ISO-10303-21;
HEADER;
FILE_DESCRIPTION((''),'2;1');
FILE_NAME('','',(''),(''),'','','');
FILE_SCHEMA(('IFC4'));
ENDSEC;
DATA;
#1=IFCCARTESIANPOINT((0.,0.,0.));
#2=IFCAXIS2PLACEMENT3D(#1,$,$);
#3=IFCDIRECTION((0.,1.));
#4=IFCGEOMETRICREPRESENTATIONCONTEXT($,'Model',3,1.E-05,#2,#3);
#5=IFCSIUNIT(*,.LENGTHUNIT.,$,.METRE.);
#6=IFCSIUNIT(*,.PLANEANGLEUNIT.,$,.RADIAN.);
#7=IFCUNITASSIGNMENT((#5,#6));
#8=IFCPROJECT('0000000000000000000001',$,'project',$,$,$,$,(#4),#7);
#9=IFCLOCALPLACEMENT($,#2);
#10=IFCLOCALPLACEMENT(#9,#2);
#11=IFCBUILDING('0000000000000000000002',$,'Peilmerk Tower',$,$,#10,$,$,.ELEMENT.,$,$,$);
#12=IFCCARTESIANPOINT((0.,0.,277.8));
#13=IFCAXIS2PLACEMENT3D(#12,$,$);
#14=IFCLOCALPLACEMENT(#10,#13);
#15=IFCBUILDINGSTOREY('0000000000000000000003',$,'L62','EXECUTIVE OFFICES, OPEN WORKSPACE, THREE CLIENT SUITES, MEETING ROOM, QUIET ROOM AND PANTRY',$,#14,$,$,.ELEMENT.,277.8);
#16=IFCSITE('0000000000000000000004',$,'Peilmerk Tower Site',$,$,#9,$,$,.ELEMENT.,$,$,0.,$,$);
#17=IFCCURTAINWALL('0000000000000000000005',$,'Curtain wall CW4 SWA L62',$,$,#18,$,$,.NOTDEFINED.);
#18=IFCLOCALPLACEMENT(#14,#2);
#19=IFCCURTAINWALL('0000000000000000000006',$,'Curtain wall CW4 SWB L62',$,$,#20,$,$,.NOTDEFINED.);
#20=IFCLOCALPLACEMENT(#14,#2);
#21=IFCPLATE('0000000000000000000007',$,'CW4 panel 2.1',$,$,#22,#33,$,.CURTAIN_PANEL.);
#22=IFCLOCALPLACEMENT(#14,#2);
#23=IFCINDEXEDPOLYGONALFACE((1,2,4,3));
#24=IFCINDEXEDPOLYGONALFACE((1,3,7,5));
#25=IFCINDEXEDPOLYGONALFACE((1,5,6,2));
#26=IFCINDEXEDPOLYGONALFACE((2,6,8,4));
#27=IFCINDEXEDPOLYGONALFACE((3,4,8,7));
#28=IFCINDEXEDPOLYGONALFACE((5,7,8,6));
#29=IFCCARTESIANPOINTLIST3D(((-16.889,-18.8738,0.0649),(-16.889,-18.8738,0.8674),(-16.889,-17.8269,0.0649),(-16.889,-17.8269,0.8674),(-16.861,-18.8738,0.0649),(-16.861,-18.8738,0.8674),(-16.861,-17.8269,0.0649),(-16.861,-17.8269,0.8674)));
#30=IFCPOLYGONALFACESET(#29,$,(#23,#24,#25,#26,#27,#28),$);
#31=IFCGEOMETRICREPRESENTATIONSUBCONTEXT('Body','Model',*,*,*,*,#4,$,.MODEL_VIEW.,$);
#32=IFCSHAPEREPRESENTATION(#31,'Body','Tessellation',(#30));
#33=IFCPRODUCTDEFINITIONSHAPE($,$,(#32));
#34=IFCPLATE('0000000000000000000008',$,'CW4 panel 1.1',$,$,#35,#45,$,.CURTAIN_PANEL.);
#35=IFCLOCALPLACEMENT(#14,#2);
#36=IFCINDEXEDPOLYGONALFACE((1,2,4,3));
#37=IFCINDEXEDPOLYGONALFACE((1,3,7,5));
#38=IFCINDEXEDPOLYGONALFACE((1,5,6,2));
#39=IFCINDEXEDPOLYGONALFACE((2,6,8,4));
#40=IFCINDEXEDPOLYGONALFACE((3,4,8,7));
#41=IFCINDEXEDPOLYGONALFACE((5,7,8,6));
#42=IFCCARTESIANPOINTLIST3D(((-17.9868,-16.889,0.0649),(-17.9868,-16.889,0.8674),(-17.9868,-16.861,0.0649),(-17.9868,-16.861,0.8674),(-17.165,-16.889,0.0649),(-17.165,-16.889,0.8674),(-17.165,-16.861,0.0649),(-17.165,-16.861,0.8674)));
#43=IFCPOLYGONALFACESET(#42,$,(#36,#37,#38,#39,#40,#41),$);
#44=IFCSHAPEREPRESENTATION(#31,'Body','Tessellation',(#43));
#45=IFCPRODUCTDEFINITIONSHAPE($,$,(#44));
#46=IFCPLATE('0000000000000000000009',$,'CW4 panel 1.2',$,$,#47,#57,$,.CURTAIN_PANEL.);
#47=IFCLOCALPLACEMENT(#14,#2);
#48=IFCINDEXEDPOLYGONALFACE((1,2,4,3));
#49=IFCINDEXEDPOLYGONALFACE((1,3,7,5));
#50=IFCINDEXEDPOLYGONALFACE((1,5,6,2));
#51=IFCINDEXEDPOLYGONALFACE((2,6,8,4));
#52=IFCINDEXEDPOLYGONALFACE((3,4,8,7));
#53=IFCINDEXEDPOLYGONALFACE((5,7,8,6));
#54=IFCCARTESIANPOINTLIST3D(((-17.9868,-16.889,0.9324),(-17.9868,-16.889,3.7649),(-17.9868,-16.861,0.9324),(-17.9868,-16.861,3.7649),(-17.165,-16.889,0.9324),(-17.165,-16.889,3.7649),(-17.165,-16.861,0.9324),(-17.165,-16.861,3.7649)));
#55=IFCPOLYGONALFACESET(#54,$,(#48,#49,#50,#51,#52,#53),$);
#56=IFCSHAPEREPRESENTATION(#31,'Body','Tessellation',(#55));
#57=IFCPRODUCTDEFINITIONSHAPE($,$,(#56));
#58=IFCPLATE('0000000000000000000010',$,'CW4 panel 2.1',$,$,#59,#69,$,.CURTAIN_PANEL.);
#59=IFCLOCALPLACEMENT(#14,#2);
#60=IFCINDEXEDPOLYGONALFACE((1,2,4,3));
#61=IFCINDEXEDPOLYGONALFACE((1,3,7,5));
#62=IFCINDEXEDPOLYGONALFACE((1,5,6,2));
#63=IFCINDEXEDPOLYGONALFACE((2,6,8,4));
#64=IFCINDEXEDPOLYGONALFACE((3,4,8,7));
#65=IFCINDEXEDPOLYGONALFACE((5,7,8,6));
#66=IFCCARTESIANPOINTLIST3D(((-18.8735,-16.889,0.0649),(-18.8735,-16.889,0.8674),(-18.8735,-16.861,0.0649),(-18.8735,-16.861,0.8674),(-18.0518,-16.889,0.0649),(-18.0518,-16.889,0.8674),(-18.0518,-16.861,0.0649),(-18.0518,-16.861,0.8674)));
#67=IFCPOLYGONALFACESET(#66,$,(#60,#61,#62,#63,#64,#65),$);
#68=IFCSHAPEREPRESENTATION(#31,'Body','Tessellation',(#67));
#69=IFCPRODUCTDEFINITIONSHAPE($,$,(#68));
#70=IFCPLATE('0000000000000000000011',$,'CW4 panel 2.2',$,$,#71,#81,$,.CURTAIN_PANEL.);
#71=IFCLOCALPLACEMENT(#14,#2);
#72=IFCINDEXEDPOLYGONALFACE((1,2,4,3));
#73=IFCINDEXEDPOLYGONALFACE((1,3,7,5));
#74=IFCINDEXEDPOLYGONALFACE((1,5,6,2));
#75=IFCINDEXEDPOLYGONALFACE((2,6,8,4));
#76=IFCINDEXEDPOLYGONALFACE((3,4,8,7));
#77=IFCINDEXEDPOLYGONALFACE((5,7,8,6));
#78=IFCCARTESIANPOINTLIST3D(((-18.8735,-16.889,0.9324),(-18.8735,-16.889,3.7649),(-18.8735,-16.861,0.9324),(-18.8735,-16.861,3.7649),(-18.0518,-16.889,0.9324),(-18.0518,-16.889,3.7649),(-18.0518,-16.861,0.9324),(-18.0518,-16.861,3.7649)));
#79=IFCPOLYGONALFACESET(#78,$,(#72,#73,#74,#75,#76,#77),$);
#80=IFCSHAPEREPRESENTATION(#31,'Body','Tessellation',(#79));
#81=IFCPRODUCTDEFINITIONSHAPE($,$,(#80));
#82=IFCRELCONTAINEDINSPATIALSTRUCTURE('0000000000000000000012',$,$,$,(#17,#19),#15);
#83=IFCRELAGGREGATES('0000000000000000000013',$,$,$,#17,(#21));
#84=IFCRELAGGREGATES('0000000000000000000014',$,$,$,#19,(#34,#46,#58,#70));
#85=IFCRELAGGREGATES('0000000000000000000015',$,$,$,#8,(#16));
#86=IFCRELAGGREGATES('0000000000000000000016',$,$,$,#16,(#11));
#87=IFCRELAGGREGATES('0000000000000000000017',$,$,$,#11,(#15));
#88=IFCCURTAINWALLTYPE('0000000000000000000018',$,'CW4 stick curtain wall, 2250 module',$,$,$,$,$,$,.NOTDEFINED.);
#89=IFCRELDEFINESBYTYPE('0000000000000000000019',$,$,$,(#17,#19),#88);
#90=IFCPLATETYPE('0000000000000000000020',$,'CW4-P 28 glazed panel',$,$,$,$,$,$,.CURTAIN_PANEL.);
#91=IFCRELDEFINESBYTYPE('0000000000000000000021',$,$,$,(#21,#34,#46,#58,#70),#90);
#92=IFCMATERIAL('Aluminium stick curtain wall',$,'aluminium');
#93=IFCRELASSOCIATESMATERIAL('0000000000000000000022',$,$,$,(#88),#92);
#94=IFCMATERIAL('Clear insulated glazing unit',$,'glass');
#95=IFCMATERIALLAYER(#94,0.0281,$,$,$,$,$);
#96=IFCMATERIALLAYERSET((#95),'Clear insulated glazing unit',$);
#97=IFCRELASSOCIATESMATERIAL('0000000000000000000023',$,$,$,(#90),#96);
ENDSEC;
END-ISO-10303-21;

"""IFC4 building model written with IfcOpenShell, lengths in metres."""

from ifc_helpers import new_model, si_unit, direction, frame, origin, origin_2d, place, context, subcontext, project, spatial, rectangle, extrude, material, layer, layer_set, type_object, element, aggregate, save


model = new_model("IFC4")

# Units and contexts
model_context = context("Model", 3, precision=1e-05, world=origin(), true_north=direction((0.0, 1.0)))
body_context = subcontext(model_context, "Body", "Model", "MODEL_VIEW")
ifc_project = project(units=[si_unit("LENGTHUNIT", "METRE"), si_unit("PLANEANGLEUNIT", "RADIAN")], contexts=[model_context])

# Site, building, storey
site_placement = place(None, origin())
site = spatial("IfcSite", under=ifc_project, at=site_placement, Name="Peilmerk Tower Site", CompositionType="ELEMENT", RefElevation=0.0)
building_placement = place(site_placement, origin())
building = spatial("IfcBuilding", under=site, at=building_placement, Name="Peilmerk Tower", CompositionType="ELEMENT")
storey_placement = place(building_placement, frame((0.0, 0.0, 277.8)))
storey = spatial("IfcBuildingStorey", under=building, at=storey_placement, Name="L62", Description="EXECUTIVE OFFICES, OPEN WORKSPACE, THREE CLIENT SUITES, MEETING ROOM, QUIET ROOM AND PANTRY", CompositionType="ELEMENT", Elevation=277.8)

# Curtain wall
ifc_material_1 = material(Name="Aluminium stick curtain wall", Category="aluminium")
curtain_wall_type = type_object("IfcCurtainWallType", Name="CW4 stick curtain wall, 2250 module", PredefinedType="NOTDEFINED", material=ifc_material_1)
curtain_wall_1_placement = place(storey_placement, origin())
curtain_wall_1 = element("IfcCurtainWall", 1, at=curtain_wall_1_placement, inside=storey, type_object=curtain_wall_type, Name="Curtain wall CW4 SWA L62", PredefinedType="NOTDEFINED")

# Curtain wall
curtain_wall_2_placement = place(storey_placement, origin())
curtain_wall_2 = element("IfcCurtainWall", 2, at=curtain_wall_2_placement, inside=storey, type_object=curtain_wall_type, Name="Curtain wall CW4 SWB L62", PredefinedType="NOTDEFINED")

# Plates
ifc_material_2 = material(Name="Clear insulated glazing unit", Category="glass")
ifc_layer_1 = layer(ifc_material_2, 0.0281)
ifc_layer_set_1 = layer_set([ifc_layer_1], Name="Clear insulated glazing unit")
plate_type = type_object("IfcPlateType", Name="CW4-P 28 glazed panel", PredefinedType="CURTAIN_PANEL", material=ifc_layer_set_1)
plate_1_placement = place(storey_placement, frame((-16.875, -18.3503, 0.0649), z_axis=(0.0, 0.0, 1.0), x_axis=(0.0, -1.0, 0.0)))
plate_1 = element("IfcPlate", 3, at=plate_1_placement, type_object=plate_type, Name="CW4 panel 2.1", PredefinedType="CURTAIN_PANEL", context=body_context, shape_type="SweptSolid", body=[
    extrude(rectangle(XDim=1.0469, YDim=0.0281, at=origin_2d()), origin(), (0.0, 0.0, 1.0), 0.8025),
])
aggregate(curtain_wall_1, [plate_1])
plate_2_placement = place(storey_placement, frame((-17.5759, -16.875, 0.0649), z_axis=(0.0, 0.0, 1.0), x_axis=(-1.0, 0.0, 0.0)))
plate_2 = element("IfcPlate", 4, at=plate_2_placement, type_object=plate_type, Name="CW4 panel 1.1", PredefinedType="CURTAIN_PANEL", context=body_context, shape_type="SweptSolid", body=[
    extrude(rectangle(XDim=0.8218, YDim=0.0281, at=origin_2d()), origin(), (0.0, 0.0, 1.0), 0.8025),
])
plate_3_placement = place(storey_placement, frame((-17.5759, -16.875, 0.9324), z_axis=(0.0, 0.0, 1.0), x_axis=(-1.0, 0.0, 0.0)))
plate_3 = element("IfcPlate", 5, at=plate_3_placement, type_object=plate_type, Name="CW4 panel 1.2", PredefinedType="CURTAIN_PANEL", context=body_context, shape_type="SweptSolid", body=[
    extrude(rectangle(XDim=0.8218, YDim=0.0281, at=origin_2d()), origin(), (0.0, 0.0, 1.0), 2.8325),
])
plate_4_placement = place(storey_placement, frame((-18.4626, -16.875, 0.0649), z_axis=(0.0, 0.0, 1.0), x_axis=(-1.0, 0.0, 0.0)))
plate_4 = element("IfcPlate", 6, at=plate_4_placement, type_object=plate_type, Name="CW4 panel 2.1", PredefinedType="CURTAIN_PANEL", context=body_context, shape_type="SweptSolid", body=[
    extrude(rectangle(XDim=0.8218, YDim=0.0281, at=origin_2d()), origin(), (0.0, 0.0, 1.0), 0.8025),
])
plate_5_placement = place(storey_placement, frame((-18.4626, -16.875, 0.9324), z_axis=(0.0, 0.0, 1.0), x_axis=(-1.0, 0.0, 0.0)))
plate_5 = element("IfcPlate", 7, at=plate_5_placement, type_object=plate_type, Name="CW4 panel 2.2", PredefinedType="CURTAIN_PANEL", context=body_context, shape_type="SweptSolid", body=[
    extrude(rectangle(XDim=0.8218, YDim=0.0281, at=origin_2d()), origin(), (0.0, 0.0, 1.0), 2.8325),
])
aggregate(curtain_wall_2, [plate_2, plate_3, plate_4, plate_5])

save(model, "model.ifc")
